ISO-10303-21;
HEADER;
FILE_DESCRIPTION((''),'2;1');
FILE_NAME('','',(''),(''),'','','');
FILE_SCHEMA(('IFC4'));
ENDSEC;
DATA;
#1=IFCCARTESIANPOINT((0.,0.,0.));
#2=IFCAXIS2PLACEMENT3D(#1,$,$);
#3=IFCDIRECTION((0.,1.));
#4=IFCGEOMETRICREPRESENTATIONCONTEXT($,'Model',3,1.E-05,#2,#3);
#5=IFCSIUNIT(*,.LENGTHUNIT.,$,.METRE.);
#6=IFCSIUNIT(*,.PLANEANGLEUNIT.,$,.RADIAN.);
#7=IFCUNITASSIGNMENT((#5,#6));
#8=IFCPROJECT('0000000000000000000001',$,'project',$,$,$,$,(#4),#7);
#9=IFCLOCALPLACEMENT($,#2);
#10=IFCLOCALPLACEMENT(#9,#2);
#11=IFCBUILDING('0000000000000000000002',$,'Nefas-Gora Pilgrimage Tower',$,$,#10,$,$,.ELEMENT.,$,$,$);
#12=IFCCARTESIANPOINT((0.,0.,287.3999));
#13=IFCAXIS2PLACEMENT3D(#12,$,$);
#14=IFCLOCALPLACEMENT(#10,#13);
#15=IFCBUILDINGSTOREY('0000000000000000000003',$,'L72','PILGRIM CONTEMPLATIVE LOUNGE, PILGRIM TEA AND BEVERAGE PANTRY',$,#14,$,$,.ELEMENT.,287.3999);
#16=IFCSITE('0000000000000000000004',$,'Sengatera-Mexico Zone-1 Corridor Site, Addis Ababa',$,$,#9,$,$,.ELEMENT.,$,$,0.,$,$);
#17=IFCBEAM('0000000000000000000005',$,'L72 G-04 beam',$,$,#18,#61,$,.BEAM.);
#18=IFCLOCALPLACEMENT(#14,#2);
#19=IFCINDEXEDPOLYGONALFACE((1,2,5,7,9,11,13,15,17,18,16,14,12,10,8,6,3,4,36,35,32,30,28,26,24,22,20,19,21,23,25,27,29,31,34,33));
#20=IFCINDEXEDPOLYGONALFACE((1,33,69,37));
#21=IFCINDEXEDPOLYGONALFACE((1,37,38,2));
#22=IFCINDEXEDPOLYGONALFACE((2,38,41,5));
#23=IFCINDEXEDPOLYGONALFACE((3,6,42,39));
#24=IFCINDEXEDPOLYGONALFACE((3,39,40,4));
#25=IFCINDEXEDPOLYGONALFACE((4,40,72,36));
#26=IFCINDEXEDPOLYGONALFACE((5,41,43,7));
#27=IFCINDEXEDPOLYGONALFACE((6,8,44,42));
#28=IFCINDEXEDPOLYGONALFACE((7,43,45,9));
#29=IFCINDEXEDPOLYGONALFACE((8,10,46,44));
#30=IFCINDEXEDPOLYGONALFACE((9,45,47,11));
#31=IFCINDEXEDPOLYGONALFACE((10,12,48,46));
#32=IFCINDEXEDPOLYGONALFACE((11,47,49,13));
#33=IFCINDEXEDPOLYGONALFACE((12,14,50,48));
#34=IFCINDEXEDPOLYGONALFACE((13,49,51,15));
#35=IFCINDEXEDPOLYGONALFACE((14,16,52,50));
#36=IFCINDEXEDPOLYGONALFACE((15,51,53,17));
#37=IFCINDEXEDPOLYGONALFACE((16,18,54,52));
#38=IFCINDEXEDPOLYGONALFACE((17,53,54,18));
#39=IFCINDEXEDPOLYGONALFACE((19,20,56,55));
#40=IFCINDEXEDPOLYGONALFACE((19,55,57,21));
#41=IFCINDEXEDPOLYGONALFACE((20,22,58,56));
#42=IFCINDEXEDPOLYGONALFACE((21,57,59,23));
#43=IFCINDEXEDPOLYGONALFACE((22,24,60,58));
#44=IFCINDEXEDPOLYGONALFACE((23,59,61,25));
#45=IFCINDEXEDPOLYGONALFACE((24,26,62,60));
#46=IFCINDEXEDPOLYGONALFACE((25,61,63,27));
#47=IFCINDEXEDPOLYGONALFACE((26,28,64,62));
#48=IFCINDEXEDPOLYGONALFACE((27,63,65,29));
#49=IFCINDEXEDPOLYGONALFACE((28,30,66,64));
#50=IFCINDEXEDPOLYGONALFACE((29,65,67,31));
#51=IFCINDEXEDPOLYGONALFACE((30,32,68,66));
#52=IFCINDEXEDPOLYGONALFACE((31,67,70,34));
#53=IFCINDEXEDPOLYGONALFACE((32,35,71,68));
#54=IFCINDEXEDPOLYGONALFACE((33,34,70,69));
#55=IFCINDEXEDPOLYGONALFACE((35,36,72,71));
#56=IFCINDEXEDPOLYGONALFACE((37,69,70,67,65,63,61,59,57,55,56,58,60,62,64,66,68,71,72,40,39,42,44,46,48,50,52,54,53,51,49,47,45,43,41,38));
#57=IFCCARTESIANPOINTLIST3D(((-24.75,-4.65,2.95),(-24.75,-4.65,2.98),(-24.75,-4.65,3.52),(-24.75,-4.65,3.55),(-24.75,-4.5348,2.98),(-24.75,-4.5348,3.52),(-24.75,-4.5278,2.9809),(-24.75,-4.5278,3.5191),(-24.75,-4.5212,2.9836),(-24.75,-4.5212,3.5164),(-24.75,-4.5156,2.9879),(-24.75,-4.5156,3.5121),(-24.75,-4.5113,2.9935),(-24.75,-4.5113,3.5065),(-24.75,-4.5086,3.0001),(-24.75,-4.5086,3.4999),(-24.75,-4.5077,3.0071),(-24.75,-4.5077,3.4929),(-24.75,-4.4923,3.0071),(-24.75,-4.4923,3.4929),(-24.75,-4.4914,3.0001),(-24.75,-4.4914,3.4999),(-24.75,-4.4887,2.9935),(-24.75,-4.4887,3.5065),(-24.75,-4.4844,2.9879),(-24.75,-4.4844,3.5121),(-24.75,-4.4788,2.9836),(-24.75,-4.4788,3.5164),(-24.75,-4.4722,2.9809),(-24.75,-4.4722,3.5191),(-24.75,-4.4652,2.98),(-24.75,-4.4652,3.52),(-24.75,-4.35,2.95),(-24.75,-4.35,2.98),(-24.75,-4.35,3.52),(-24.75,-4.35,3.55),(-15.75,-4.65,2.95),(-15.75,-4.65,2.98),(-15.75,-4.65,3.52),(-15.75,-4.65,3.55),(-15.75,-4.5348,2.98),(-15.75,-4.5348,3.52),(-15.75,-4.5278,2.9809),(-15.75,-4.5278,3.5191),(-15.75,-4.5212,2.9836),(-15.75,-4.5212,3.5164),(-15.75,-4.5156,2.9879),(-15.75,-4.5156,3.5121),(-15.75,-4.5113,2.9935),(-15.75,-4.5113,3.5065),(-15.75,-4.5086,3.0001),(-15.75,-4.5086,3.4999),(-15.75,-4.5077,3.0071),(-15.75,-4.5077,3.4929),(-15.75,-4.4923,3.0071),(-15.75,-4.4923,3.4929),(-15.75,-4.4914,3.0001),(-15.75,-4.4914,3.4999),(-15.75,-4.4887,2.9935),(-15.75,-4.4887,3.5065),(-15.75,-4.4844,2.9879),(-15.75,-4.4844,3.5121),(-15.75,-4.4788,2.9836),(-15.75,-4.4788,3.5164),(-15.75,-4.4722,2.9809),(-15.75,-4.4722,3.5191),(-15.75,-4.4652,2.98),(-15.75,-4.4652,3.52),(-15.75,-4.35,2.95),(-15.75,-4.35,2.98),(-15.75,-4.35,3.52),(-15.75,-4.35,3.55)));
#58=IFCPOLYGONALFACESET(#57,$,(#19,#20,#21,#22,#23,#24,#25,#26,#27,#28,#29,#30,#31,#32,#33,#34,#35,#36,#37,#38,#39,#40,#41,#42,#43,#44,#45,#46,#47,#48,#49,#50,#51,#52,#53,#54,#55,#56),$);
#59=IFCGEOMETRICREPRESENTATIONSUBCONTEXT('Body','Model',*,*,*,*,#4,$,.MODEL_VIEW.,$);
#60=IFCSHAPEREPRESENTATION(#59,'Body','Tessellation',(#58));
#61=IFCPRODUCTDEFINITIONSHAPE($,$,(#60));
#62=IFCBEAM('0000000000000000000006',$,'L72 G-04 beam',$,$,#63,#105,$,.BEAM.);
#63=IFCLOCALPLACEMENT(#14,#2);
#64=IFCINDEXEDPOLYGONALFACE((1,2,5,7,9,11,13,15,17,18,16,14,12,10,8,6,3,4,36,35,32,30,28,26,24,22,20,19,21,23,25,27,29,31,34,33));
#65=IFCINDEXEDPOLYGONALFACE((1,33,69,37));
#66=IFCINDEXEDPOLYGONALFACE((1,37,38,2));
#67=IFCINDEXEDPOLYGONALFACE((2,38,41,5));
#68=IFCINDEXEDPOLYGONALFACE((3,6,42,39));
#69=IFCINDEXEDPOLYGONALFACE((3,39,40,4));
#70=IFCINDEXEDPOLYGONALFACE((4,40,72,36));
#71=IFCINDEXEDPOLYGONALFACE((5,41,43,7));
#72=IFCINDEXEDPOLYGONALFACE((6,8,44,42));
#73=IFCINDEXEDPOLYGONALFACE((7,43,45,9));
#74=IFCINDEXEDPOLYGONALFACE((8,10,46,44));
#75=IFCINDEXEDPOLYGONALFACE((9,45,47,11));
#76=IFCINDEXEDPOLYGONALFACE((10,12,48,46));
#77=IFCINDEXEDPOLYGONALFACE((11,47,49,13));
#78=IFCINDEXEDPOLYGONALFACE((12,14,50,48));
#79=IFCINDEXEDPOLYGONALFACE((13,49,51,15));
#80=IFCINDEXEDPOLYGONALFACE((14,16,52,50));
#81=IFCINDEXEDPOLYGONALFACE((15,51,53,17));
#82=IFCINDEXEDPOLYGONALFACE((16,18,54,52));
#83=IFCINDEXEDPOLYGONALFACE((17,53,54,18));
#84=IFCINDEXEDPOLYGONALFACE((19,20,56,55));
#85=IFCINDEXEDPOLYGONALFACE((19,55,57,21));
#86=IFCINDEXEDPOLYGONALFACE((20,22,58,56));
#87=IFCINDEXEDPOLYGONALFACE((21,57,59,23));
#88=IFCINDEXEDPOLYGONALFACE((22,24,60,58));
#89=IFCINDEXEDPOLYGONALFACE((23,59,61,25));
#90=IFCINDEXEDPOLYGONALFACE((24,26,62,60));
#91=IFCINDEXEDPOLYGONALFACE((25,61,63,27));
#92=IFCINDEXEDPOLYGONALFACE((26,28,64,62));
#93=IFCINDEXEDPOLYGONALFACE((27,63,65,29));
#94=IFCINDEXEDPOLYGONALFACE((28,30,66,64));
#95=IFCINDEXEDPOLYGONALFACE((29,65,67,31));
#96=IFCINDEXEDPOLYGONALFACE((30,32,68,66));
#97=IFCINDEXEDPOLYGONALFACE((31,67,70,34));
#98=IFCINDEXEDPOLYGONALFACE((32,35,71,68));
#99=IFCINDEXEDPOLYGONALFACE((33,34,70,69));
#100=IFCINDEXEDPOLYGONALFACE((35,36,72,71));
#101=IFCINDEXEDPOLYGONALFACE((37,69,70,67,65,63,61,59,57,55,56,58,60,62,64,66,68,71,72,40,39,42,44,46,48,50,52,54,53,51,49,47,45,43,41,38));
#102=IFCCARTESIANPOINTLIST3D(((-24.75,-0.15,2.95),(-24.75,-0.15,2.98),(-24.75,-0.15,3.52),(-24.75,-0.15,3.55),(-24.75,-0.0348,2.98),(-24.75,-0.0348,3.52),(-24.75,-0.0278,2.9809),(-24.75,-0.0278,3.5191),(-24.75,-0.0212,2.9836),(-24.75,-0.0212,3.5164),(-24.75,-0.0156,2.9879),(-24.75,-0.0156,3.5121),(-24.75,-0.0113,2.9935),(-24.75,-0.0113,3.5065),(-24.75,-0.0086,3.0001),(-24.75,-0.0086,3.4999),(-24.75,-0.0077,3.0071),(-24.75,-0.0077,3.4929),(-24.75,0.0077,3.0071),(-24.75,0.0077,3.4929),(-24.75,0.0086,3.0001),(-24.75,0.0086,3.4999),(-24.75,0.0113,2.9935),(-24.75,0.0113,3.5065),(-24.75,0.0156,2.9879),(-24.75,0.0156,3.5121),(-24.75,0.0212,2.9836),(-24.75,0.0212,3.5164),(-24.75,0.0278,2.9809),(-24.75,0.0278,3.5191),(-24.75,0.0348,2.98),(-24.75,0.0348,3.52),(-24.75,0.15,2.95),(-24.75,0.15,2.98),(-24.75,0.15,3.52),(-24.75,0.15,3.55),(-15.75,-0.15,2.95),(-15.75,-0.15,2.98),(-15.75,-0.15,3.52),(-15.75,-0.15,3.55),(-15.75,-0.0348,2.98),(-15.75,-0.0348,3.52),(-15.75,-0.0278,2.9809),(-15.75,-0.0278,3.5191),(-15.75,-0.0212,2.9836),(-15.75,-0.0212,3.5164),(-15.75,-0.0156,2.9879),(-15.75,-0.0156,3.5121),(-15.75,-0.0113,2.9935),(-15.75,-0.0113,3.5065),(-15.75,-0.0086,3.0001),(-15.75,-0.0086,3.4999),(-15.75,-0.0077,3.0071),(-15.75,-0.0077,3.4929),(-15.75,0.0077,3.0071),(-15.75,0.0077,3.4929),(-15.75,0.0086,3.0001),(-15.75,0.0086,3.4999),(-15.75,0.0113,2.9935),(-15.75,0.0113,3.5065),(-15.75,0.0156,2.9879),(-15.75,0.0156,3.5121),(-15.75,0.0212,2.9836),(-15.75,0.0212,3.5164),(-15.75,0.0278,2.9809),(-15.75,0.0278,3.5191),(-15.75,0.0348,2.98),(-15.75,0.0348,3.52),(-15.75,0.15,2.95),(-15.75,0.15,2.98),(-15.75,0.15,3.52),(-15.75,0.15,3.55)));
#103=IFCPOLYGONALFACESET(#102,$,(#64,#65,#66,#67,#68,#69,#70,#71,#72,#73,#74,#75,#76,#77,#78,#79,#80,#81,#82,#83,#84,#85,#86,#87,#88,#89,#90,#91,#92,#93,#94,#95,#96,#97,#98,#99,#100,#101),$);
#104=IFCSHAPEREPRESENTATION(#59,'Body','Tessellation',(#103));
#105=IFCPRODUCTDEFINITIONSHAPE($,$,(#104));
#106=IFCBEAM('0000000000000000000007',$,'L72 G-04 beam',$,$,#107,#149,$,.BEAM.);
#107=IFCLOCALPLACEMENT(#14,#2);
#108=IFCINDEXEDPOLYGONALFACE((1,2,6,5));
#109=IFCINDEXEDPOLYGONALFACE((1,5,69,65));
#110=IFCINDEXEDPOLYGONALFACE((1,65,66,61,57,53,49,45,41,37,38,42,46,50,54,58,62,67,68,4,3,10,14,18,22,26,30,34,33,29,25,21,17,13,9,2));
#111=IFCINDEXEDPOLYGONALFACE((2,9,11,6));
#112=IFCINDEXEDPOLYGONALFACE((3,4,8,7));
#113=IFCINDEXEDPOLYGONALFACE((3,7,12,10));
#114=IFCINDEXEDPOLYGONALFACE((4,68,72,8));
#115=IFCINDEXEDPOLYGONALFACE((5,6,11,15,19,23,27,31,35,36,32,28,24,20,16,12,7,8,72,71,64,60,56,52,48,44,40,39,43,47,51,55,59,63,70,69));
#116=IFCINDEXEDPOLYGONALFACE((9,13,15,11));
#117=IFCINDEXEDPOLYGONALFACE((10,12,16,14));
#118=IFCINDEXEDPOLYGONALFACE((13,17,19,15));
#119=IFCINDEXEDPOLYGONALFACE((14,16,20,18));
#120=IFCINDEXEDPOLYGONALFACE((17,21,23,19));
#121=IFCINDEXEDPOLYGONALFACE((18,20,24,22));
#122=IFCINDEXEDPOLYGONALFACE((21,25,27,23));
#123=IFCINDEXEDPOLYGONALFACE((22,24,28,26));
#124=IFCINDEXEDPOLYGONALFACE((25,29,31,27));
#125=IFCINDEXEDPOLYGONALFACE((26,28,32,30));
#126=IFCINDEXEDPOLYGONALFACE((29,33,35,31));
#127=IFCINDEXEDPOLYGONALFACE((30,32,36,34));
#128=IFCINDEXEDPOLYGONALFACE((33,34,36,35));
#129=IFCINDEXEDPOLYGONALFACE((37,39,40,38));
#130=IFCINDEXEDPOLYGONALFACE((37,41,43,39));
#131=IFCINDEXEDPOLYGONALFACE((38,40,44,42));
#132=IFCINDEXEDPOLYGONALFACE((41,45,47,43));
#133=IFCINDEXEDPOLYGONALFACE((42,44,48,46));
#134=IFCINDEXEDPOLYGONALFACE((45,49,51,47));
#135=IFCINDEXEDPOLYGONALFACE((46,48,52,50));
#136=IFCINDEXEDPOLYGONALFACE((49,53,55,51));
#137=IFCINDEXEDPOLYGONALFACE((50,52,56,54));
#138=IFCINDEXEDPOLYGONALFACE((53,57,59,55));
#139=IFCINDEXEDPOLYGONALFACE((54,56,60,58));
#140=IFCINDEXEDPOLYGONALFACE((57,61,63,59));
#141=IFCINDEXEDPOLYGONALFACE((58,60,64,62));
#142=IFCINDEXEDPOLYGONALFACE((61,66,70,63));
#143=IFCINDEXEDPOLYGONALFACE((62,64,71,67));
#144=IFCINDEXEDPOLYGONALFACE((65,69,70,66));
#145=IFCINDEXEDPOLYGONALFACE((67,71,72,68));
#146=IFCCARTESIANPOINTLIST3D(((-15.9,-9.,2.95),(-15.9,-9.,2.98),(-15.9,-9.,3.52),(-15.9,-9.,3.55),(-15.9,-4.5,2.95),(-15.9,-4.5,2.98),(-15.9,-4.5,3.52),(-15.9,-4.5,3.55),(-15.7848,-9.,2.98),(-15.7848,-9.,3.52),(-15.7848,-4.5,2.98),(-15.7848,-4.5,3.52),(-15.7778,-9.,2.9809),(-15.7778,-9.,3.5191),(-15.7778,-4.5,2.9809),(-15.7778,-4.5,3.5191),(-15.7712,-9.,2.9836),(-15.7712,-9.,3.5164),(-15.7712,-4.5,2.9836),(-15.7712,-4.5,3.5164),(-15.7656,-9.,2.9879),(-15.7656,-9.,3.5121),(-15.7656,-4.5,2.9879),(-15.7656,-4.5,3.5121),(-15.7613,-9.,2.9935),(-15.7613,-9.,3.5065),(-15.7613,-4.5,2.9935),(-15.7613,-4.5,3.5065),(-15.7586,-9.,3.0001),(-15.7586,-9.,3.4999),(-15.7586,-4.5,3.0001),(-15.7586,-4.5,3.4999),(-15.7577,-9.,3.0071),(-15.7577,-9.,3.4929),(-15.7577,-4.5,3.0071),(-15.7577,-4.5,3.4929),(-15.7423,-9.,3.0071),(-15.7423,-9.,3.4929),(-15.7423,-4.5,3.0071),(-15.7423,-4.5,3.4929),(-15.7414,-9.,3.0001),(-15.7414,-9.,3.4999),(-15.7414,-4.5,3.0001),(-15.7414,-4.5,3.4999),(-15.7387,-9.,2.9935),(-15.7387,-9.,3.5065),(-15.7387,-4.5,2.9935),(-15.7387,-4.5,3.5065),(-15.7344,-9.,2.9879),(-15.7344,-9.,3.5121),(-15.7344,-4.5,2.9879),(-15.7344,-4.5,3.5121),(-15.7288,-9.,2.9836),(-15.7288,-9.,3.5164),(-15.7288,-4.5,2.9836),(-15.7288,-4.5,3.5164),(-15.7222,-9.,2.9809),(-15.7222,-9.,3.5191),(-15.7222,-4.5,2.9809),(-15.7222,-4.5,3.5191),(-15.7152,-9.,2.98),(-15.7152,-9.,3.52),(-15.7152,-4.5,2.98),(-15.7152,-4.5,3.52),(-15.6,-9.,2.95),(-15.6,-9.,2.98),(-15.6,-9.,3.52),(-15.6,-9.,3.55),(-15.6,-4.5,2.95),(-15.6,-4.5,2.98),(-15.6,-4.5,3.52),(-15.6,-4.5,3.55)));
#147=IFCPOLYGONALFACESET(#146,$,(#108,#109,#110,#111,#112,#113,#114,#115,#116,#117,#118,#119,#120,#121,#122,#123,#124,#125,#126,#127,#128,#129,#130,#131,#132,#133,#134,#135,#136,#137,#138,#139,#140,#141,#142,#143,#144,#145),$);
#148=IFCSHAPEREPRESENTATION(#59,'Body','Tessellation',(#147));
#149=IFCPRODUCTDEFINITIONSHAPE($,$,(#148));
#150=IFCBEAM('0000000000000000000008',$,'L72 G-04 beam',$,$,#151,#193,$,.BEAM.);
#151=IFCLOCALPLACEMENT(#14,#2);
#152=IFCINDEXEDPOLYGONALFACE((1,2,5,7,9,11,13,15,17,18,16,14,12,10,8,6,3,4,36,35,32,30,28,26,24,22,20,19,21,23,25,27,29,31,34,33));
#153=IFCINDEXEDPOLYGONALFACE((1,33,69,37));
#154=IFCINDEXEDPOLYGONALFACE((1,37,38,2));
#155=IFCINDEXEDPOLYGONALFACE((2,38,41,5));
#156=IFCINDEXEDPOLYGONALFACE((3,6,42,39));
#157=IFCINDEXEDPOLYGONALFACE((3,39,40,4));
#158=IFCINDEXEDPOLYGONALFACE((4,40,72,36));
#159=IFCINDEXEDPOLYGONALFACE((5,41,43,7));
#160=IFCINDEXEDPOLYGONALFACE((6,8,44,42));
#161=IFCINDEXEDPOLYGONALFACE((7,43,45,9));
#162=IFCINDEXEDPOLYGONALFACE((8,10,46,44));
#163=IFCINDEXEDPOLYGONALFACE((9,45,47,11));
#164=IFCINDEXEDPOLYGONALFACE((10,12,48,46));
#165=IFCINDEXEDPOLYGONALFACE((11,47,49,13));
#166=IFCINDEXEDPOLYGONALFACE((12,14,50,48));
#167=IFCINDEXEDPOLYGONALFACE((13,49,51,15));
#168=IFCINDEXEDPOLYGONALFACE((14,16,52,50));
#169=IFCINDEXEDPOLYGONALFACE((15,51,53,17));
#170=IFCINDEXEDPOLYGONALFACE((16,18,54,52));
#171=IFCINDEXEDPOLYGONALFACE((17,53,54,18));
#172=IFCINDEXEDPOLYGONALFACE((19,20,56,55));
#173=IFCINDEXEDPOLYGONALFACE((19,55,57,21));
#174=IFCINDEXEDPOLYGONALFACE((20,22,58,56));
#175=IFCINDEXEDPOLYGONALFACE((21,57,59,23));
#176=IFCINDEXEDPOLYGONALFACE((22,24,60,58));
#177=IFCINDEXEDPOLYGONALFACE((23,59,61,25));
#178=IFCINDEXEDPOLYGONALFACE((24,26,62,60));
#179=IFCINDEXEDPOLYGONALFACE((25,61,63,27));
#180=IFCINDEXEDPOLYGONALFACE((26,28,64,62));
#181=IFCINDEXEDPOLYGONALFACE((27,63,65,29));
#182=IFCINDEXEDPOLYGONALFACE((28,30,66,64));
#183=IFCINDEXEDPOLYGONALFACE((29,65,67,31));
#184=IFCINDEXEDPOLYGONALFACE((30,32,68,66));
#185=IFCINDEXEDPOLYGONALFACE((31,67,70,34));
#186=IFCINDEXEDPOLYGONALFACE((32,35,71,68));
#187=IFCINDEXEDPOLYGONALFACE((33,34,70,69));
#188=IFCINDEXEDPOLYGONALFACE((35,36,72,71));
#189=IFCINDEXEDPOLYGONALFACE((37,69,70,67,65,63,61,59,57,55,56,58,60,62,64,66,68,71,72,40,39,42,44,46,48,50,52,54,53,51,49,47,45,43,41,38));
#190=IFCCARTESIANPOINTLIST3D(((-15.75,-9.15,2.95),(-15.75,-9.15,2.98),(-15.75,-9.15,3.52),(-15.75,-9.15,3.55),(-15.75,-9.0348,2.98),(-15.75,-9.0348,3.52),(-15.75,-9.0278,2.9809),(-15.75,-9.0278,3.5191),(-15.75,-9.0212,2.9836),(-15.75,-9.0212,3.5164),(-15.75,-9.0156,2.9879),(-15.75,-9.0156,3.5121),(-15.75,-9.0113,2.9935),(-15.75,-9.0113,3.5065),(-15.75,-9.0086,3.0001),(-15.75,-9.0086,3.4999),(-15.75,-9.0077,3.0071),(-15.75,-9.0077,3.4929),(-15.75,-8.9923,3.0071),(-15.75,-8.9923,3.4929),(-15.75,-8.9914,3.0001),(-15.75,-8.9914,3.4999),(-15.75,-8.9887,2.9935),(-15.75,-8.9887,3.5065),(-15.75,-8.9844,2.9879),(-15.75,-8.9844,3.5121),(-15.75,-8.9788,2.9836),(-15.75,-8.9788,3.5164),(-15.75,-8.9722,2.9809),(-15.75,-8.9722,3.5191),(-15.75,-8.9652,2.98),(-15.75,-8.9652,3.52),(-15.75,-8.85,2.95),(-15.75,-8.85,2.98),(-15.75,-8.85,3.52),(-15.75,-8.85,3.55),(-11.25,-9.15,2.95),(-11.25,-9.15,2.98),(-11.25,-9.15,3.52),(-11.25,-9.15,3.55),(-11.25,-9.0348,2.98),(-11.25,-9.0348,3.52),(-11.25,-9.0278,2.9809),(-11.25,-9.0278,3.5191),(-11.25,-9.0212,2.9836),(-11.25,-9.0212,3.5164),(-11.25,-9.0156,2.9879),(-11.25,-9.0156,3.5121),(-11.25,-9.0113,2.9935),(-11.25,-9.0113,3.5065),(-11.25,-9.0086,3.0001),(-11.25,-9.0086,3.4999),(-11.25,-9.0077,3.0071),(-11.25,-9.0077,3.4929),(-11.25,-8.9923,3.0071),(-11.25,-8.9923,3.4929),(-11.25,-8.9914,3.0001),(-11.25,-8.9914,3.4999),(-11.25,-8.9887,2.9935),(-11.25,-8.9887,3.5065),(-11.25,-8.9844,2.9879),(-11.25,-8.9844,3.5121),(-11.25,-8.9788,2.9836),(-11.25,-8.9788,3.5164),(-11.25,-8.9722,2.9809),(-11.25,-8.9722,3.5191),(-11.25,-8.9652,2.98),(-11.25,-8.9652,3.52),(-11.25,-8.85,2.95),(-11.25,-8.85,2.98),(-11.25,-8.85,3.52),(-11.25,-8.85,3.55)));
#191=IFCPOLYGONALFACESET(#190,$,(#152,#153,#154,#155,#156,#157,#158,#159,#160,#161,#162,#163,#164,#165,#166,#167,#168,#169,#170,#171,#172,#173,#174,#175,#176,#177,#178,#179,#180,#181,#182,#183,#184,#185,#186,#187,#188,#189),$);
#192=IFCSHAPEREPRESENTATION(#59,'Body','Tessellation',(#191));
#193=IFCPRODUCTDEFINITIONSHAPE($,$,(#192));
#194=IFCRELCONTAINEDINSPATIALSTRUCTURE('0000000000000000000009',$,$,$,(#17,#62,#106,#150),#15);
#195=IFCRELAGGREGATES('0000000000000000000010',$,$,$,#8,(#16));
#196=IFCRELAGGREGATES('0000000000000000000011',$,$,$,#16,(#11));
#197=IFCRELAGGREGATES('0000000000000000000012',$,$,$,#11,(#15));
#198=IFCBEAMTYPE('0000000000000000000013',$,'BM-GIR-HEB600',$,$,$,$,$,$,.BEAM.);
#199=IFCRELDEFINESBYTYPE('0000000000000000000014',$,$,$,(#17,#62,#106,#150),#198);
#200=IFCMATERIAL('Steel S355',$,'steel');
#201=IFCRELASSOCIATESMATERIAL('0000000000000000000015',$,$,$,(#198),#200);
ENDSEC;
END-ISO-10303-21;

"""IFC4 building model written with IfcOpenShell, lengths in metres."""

from ifc_helpers import new_model, si_unit, direction, frame, origin, origin_2d, place, context, subcontext, project, spatial, i_section, extrude, source, transform, mapped, material, material_profile, profile_set, type_object, element, save


model = new_model("IFC4")

# Units and contexts
model_context = context("Model", 3, precision=1e-05, world=origin(), true_north=direction((0.0, 1.0)))
body_context = subcontext(model_context, "Body", "Model", "MODEL_VIEW")
ifc_project = project(units=[si_unit("LENGTHUNIT", "METRE"), si_unit("PLANEANGLEUNIT", "RADIAN")], contexts=[model_context])

# Site, building, storey
site_placement = place(None, origin())
site = spatial("IfcSite", under=ifc_project, at=site_placement, Name="Sengatera-Mexico Zone-1 Corridor Site, Addis Ababa", CompositionType="ELEMENT", RefElevation=0.0)
building_placement = place(site_placement, origin())
building = spatial("IfcBuilding", under=site, at=building_placement, Name="Nefas-Gora Pilgrimage Tower", CompositionType="ELEMENT")
storey_placement = place(building_placement, frame((0.0, 0.0, 287.3999)))
storey = spatial("IfcBuildingStorey", under=building, at=storey_placement, Name="L72", Description="PILGRIM CONTEMPLATIVE LOUNGE, PILGRIM TEA AND BEVERAGE PANTRY", CompositionType="ELEMENT", Elevation=287.3999)

# Shared definitions
ifc_material_1 = material(Name="Steel S355", Category="steel")

# Beams
ifc_material_profile_1 = material_profile(ifc_material_1, i_section(OverallWidth=0.3, OverallDepth=0.6001, WebThickness=0.0154, FlangeThickness=0.03, FilletRadius=0.0271, at=origin_2d()), Name="HEB 600")
ifc_profile_set_1 = profile_set([ifc_material_profile_1], Name="Steel S355")
beam_type_1 = type_object("IfcBeamType", Name="BM-GIR-HEB600", PredefinedType="BEAM", material=ifc_profile_set_1)
shared_shape_1 = source(origin(), body_context, "Body", "SweptSolid", [
    extrude(i_section(OverallWidth=0.3, OverallDepth=0.6001, WebThickness=0.0154, FlangeThickness=0.03, FilletRadius=0.0271, at=origin_2d()), origin(), (0.0, 0.0, 1.0), 9.0),
])
for number, where, z_axis, x_axis, name in (
    (1, (-24.75, -4.5, 3.25), (1.0, 0.0, 0.0), (0.0, 1.0, 0.0), "L72 G-04 beam"),
    (2, (-24.75, 0.0, 3.25), (1.0, 0.0, 0.0), (0.0, 1.0, 0.0), "L72 G-04 beam"),
):
    element("IfcBeam", number, at=place(storey_placement, frame(where, z_axis=z_axis, x_axis=x_axis)), inside=storey, type_object=beam_type_1, Name=name, PredefinedType="BEAM", context=body_context, shape_type="MappedRepresentation", body=[
        mapped(shared_shape_1, transform((0.0, 0.0, 0.0), x_axis=(1.0, 0.0, 0.0), y_axis=(0.0, 1.0, 0.0), z_axis=(0.0, 0.0, 1.0), scale=1.0)),
    ])
shared_shape_2 = source(origin(), body_context, "Body", "SweptSolid", [
    extrude(i_section(OverallWidth=0.3, OverallDepth=0.6001, WebThickness=0.0154, FlangeThickness=0.03, FilletRadius=0.0271, at=origin_2d()), origin(), (0.0, 0.0, 1.0), 4.5),
])
for number, where, z_axis, x_axis, name in (
    (3, (-15.75, -9.0, 3.25), (0.0, 1.0, 0.0), (-1.0, 0.0, 0.0), "L72 G-04 beam"),
    (4, (-15.75, -9.0, 3.25), (1.0, 0.0, 0.0), (0.0, 1.0, 0.0), "L72 G-04 beam"),
):
    element("IfcBeam", number, at=place(storey_placement, frame(where, z_axis=z_axis, x_axis=x_axis)), inside=storey, type_object=beam_type_1, Name=name, PredefinedType="BEAM", context=body_context, shape_type="MappedRepresentation", body=[
        mapped(shared_shape_2, transform((0.0, 0.0, 0.0), x_axis=(1.0, 0.0, 0.0), y_axis=(0.0, 1.0, 0.0), z_axis=(0.0, 0.0, 1.0), scale=1.0)),
    ])

save(model, "model.ifc")
